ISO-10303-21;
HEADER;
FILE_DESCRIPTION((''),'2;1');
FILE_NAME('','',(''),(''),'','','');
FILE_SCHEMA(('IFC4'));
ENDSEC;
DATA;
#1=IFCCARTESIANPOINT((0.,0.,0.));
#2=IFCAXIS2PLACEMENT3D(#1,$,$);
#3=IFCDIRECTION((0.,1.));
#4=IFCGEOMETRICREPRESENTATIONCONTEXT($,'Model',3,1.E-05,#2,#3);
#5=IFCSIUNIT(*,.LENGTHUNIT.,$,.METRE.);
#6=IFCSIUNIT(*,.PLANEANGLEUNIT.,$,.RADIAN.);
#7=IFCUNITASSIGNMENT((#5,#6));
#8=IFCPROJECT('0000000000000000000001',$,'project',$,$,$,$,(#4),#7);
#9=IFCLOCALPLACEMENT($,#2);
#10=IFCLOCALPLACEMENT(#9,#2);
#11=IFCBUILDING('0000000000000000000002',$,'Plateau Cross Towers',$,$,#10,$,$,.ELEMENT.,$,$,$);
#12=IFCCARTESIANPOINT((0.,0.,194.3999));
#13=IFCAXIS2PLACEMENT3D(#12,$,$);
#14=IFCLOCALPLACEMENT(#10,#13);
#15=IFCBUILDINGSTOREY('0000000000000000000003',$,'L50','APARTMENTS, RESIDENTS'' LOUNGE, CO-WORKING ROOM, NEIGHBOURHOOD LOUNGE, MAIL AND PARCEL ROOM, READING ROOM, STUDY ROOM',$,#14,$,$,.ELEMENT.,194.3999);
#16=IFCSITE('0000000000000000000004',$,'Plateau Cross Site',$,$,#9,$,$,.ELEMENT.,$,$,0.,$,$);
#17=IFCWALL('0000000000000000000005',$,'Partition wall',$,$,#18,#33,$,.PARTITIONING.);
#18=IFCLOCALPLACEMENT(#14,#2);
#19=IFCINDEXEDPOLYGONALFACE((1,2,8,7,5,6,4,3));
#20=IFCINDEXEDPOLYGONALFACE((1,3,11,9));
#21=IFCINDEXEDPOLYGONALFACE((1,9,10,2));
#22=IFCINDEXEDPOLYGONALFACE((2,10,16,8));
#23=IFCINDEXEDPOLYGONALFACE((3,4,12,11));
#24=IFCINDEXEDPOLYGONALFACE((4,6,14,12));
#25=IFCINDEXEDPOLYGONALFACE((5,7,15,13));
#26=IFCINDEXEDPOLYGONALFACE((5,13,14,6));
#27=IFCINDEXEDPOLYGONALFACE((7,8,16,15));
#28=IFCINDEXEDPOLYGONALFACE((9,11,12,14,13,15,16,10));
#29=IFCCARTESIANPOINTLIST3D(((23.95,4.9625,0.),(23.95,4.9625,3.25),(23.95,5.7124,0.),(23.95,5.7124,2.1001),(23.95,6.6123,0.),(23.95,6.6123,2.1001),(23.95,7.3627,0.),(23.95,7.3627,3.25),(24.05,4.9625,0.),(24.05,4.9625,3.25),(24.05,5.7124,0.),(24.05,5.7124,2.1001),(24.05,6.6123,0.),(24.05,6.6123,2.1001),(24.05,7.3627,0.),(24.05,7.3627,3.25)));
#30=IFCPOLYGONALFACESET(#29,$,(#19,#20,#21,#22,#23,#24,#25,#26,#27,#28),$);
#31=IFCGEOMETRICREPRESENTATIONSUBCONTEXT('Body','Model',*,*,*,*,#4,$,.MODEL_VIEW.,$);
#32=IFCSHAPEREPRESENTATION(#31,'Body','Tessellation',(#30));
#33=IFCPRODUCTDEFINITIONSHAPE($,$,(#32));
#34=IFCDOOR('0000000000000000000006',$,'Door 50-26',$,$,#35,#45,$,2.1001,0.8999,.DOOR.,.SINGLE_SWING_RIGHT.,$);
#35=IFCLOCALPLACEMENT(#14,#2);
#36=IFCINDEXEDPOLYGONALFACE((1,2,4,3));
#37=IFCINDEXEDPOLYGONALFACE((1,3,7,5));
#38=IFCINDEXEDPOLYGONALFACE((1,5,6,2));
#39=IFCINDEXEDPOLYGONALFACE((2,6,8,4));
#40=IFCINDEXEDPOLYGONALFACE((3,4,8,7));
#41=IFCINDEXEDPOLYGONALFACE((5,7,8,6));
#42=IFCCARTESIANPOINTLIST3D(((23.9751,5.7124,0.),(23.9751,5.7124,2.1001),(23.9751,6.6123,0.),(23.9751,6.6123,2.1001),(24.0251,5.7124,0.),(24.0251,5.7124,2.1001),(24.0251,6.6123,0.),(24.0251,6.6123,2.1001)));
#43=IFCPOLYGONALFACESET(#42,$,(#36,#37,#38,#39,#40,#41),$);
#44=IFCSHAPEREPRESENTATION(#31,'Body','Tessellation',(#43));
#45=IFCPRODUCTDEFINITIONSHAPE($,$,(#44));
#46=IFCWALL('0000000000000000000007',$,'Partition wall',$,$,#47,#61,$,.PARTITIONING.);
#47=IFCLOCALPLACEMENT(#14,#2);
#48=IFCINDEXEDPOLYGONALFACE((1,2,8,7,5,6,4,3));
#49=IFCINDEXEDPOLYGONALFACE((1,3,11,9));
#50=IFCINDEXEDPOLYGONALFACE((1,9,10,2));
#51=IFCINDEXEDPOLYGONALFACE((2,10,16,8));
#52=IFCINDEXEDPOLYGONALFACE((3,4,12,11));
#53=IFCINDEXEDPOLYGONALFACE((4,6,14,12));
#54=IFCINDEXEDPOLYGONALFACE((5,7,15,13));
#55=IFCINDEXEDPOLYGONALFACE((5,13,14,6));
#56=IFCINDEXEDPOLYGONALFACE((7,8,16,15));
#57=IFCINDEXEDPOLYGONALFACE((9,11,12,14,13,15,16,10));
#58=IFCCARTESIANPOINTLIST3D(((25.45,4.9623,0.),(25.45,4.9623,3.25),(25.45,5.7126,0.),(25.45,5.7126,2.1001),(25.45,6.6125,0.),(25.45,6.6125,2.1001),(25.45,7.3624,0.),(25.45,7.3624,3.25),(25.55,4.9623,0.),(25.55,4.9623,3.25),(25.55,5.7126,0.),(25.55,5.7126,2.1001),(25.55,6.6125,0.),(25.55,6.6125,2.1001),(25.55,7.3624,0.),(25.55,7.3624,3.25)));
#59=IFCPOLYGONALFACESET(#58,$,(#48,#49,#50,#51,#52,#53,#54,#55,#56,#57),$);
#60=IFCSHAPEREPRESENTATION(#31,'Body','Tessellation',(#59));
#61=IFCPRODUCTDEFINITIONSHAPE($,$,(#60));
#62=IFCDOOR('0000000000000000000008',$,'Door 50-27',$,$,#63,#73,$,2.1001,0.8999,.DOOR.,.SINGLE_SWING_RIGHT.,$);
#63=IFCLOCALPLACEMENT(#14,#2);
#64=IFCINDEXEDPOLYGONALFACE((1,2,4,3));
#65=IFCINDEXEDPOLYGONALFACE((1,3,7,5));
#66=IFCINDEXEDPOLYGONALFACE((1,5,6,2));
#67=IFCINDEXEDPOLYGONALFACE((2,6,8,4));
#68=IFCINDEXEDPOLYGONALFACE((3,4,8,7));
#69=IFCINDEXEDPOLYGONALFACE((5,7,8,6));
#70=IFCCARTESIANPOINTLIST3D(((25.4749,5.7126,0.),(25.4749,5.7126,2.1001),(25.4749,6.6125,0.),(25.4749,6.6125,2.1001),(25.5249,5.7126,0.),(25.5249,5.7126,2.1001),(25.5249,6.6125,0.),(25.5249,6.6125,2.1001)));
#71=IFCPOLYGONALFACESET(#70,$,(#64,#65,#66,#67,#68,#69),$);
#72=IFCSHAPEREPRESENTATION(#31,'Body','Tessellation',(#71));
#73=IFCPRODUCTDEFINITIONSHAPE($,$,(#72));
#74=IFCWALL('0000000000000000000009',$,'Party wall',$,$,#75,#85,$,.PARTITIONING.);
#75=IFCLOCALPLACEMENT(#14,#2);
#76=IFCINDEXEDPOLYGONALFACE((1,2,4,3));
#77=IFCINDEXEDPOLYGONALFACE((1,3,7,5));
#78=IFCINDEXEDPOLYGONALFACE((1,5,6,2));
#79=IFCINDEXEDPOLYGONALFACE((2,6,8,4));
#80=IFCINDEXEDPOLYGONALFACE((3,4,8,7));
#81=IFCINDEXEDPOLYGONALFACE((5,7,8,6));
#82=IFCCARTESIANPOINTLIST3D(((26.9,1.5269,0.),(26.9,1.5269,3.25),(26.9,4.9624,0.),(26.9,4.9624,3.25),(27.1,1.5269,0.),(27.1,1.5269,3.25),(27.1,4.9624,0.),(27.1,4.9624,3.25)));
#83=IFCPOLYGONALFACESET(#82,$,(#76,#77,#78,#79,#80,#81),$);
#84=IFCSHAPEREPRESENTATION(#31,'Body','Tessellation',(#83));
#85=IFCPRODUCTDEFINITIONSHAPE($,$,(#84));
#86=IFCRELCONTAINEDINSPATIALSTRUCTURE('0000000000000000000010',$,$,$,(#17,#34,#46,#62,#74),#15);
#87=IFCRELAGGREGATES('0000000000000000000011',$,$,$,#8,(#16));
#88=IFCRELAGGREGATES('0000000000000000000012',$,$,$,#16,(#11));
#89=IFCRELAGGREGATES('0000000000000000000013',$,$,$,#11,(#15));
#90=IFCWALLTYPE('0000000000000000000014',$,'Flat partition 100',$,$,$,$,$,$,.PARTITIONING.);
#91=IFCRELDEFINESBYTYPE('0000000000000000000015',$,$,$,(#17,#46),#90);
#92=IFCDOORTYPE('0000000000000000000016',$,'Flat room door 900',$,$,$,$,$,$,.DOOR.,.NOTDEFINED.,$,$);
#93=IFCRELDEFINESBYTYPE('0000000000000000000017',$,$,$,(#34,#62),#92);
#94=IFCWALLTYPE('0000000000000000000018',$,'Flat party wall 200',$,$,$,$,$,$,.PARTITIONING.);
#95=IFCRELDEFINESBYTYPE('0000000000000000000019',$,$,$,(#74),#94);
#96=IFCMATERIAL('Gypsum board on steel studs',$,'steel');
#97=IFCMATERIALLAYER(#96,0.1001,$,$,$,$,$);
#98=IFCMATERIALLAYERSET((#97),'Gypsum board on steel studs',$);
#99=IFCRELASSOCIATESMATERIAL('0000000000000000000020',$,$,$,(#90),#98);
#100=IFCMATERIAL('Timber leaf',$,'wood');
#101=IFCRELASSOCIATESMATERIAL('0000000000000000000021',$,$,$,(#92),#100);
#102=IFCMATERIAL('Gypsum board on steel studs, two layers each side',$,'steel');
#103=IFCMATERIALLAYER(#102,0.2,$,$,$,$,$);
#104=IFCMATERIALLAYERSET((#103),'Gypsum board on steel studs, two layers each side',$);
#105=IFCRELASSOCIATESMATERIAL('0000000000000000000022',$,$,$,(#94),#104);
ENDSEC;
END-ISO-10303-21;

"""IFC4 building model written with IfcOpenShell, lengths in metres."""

from ifc_helpers import new_model, si_unit, direction, frame, frame_2d, origin, place, context, subcontext, project, spatial, rectangle, extrude, material, layer, layer_set, type_object, element, fill, save


model = new_model("IFC4")

# Units and contexts
model_context = context("Model", 3, precision=1e-05, world=origin(), true_north=direction((0.0, 1.0)))
body_context = subcontext(model_context, "Body", "Model", "MODEL_VIEW")
ifc_project = project(units=[si_unit("LENGTHUNIT", "METRE"), si_unit("PLANEANGLEUNIT", "RADIAN")], contexts=[model_context])

# Site, building, storey
site_placement = place(None, origin())
site = spatial("IfcSite", under=ifc_project, at=site_placement, Name="Plateau Cross Site", CompositionType="ELEMENT", RefElevation=0.0)
building_placement = place(site_placement, origin())
building = spatial("IfcBuilding", under=site, at=building_placement, Name="Plateau Cross Towers", CompositionType="ELEMENT")
storey_placement = place(building_placement, frame((0.0, 0.0, 194.3999)))
storey = spatial("IfcBuildingStorey", under=building, at=storey_placement, Name="L50", Description="APARTMENTS, RESIDENTS' LOUNGE, CO-WORKING ROOM, NEIGHBOURHOOD LOUNGE, MAIL AND PARCEL ROOM, READING ROOM, STUDY ROOM", CompositionType="ELEMENT", Elevation=194.3999)

# Shared definitions
ifc_material_1 = material(Name="Gypsum board on steel studs", Category="steel")
ifc_layer_1 = layer(ifc_material_1, 0.1001)
ifc_layer_set_1 = layer_set([ifc_layer_1], Name="Gypsum board on steel studs")
wall_type_1 = type_object("IfcWallType", Name="Flat partition 100", PredefinedType="PARTITIONING", material=ifc_layer_set_1)

# Walls, openings, doors
wall_1_placement = place(storey_placement, frame((24.0, 4.9624, 0.0), z_axis=(0.0, 0.0, 1.0), x_axis=(0.0, 1.0, 0.0)))
wall_1 = element("IfcWall", 1, at=wall_1_placement, inside=storey, type_object=wall_type_1, Name="Partition wall", PredefinedType="PARTITIONING", context=body_context, shape_type="SweptSolid", body=[
    extrude(rectangle(XDim=2.4001, YDim=0.1001, at=frame_2d((1.2002, 0.0))), origin(), (0.0, 0.0, 1.0), 3.25),
])
opening_1_placement = place(wall_1_placement, frame((0.75, 0.0, 0.0)))
opening_1 = element("IfcOpeningElement", 2, at=opening_1_placement, cuts=wall_1, PredefinedType="OPENING", context=body_context, shape_type="SweptSolid", body=[
    extrude(rectangle(XDim=0.8999, YDim=2.1001, at=frame_2d((0.45, 1.05))), frame((0.0, 0.0601, 0.0), z_axis=(0.0, -1.0, 0.0), x_axis=(1.0, 0.0, 0.0)), (0.0, 0.0, 1.0), 0.1201),
])
ifc_material_2 = material(Name="Timber leaf", Category="wood")
door_type_1 = type_object("IfcDoorType", Name="Flat room door 900", OperationType="NOTDEFINED", PredefinedType="DOOR", material=ifc_material_2)
door_1_placement = place(opening_1_placement, origin())
door_1 = element("IfcDoor", 3, at=door_1_placement, inside=storey, type_object=door_type_1, Name="Door 50-26", OperationType="SINGLE_SWING_RIGHT", OverallHeight=2.1001, OverallWidth=0.8999, PredefinedType="DOOR", context=body_context, shape_type="SweptSolid", body=[
    extrude(rectangle(XDim=0.8999, YDim=2.1001, at=frame_2d((0.45, 1.05))), frame((0.0, 0.0249, 0.0), z_axis=(0.0, -1.0, 0.0), x_axis=(1.0, 0.0, 0.0)), (0.0, 0.0, 1.0), 0.05),
])
fill(opening_1, door_1)
wall_2_placement = place(storey_placement, frame((25.5, 7.3625, 0.0), z_axis=(0.0, 0.0, 1.0), x_axis=(0.0, -1.0, 0.0)))
wall_2 = element("IfcWall", 4, at=wall_2_placement, inside=storey, type_object=wall_type_1, Name="Partition wall", PredefinedType="PARTITIONING", context=body_context, shape_type="SweptSolid", body=[
    extrude(rectangle(XDim=2.4001, YDim=0.1001, at=frame_2d((1.2002, 0.0))), origin(), (0.0, 0.0, 1.0), 3.25),
])
opening_2_placement = place(wall_2_placement, frame((0.75, 0.0, 0.0)))
opening_2 = element("IfcOpeningElement", 5, at=opening_2_placement, cuts=wall_2, PredefinedType="OPENING", context=body_context, shape_type="SweptSolid", body=[
    extrude(rectangle(XDim=0.8999, YDim=2.1001, at=frame_2d((0.45, 1.05))), frame((0.0, 0.0601, 0.0), z_axis=(0.0, -1.0, 0.0), x_axis=(1.0, 0.0, 0.0)), (0.0, 0.0, 1.0), 0.1201),
])
door_2_placement = place(opening_2_placement, origin())
door_2 = element("IfcDoor", 6, at=door_2_placement, inside=storey, type_object=door_type_1, Name="Door 50-27", OperationType="SINGLE_SWING_RIGHT", OverallHeight=2.1001, OverallWidth=0.8999, PredefinedType="DOOR", context=body_context, shape_type="SweptSolid", body=[
    extrude(rectangle(XDim=0.8999, YDim=2.1001, at=frame_2d((0.45, 1.05))), frame((0.0, 0.0249, 0.0), z_axis=(0.0, -1.0, 0.0), x_axis=(1.0, 0.0, 0.0)), (0.0, 0.0, 1.0), 0.05),
])
fill(opening_2, door_2)

# Wall
ifc_material_3 = material(Name="Gypsum board on steel studs, two layers each side", Category="steel")
ifc_layer_2 = layer(ifc_material_3, 0.2)
ifc_layer_set_2 = layer_set([ifc_layer_2], Name="Gypsum board on steel studs, two layers each side")
wall_type_2 = type_object("IfcWallType", Name="Flat party wall 200", PredefinedType="PARTITIONING", material=ifc_layer_set_2)
wall_3_placement = place(storey_placement, frame((27.0, 4.9624, 0.0), z_axis=(0.0, 0.0, 1.0), x_axis=(0.0, -1.0, 0.0)))
element("IfcWall", 7, at=wall_3_placement, inside=storey, type_object=wall_type_2, Name="Party wall", PredefinedType="PARTITIONING", context=body_context, shape_type="SweptSolid", body=[
    extrude(rectangle(XDim=3.4355, YDim=0.2, at=frame_2d((1.7178, 0.0))), origin(), (0.0, 0.0, 1.0), 3.25),
])

save(model, "model.ifc")
